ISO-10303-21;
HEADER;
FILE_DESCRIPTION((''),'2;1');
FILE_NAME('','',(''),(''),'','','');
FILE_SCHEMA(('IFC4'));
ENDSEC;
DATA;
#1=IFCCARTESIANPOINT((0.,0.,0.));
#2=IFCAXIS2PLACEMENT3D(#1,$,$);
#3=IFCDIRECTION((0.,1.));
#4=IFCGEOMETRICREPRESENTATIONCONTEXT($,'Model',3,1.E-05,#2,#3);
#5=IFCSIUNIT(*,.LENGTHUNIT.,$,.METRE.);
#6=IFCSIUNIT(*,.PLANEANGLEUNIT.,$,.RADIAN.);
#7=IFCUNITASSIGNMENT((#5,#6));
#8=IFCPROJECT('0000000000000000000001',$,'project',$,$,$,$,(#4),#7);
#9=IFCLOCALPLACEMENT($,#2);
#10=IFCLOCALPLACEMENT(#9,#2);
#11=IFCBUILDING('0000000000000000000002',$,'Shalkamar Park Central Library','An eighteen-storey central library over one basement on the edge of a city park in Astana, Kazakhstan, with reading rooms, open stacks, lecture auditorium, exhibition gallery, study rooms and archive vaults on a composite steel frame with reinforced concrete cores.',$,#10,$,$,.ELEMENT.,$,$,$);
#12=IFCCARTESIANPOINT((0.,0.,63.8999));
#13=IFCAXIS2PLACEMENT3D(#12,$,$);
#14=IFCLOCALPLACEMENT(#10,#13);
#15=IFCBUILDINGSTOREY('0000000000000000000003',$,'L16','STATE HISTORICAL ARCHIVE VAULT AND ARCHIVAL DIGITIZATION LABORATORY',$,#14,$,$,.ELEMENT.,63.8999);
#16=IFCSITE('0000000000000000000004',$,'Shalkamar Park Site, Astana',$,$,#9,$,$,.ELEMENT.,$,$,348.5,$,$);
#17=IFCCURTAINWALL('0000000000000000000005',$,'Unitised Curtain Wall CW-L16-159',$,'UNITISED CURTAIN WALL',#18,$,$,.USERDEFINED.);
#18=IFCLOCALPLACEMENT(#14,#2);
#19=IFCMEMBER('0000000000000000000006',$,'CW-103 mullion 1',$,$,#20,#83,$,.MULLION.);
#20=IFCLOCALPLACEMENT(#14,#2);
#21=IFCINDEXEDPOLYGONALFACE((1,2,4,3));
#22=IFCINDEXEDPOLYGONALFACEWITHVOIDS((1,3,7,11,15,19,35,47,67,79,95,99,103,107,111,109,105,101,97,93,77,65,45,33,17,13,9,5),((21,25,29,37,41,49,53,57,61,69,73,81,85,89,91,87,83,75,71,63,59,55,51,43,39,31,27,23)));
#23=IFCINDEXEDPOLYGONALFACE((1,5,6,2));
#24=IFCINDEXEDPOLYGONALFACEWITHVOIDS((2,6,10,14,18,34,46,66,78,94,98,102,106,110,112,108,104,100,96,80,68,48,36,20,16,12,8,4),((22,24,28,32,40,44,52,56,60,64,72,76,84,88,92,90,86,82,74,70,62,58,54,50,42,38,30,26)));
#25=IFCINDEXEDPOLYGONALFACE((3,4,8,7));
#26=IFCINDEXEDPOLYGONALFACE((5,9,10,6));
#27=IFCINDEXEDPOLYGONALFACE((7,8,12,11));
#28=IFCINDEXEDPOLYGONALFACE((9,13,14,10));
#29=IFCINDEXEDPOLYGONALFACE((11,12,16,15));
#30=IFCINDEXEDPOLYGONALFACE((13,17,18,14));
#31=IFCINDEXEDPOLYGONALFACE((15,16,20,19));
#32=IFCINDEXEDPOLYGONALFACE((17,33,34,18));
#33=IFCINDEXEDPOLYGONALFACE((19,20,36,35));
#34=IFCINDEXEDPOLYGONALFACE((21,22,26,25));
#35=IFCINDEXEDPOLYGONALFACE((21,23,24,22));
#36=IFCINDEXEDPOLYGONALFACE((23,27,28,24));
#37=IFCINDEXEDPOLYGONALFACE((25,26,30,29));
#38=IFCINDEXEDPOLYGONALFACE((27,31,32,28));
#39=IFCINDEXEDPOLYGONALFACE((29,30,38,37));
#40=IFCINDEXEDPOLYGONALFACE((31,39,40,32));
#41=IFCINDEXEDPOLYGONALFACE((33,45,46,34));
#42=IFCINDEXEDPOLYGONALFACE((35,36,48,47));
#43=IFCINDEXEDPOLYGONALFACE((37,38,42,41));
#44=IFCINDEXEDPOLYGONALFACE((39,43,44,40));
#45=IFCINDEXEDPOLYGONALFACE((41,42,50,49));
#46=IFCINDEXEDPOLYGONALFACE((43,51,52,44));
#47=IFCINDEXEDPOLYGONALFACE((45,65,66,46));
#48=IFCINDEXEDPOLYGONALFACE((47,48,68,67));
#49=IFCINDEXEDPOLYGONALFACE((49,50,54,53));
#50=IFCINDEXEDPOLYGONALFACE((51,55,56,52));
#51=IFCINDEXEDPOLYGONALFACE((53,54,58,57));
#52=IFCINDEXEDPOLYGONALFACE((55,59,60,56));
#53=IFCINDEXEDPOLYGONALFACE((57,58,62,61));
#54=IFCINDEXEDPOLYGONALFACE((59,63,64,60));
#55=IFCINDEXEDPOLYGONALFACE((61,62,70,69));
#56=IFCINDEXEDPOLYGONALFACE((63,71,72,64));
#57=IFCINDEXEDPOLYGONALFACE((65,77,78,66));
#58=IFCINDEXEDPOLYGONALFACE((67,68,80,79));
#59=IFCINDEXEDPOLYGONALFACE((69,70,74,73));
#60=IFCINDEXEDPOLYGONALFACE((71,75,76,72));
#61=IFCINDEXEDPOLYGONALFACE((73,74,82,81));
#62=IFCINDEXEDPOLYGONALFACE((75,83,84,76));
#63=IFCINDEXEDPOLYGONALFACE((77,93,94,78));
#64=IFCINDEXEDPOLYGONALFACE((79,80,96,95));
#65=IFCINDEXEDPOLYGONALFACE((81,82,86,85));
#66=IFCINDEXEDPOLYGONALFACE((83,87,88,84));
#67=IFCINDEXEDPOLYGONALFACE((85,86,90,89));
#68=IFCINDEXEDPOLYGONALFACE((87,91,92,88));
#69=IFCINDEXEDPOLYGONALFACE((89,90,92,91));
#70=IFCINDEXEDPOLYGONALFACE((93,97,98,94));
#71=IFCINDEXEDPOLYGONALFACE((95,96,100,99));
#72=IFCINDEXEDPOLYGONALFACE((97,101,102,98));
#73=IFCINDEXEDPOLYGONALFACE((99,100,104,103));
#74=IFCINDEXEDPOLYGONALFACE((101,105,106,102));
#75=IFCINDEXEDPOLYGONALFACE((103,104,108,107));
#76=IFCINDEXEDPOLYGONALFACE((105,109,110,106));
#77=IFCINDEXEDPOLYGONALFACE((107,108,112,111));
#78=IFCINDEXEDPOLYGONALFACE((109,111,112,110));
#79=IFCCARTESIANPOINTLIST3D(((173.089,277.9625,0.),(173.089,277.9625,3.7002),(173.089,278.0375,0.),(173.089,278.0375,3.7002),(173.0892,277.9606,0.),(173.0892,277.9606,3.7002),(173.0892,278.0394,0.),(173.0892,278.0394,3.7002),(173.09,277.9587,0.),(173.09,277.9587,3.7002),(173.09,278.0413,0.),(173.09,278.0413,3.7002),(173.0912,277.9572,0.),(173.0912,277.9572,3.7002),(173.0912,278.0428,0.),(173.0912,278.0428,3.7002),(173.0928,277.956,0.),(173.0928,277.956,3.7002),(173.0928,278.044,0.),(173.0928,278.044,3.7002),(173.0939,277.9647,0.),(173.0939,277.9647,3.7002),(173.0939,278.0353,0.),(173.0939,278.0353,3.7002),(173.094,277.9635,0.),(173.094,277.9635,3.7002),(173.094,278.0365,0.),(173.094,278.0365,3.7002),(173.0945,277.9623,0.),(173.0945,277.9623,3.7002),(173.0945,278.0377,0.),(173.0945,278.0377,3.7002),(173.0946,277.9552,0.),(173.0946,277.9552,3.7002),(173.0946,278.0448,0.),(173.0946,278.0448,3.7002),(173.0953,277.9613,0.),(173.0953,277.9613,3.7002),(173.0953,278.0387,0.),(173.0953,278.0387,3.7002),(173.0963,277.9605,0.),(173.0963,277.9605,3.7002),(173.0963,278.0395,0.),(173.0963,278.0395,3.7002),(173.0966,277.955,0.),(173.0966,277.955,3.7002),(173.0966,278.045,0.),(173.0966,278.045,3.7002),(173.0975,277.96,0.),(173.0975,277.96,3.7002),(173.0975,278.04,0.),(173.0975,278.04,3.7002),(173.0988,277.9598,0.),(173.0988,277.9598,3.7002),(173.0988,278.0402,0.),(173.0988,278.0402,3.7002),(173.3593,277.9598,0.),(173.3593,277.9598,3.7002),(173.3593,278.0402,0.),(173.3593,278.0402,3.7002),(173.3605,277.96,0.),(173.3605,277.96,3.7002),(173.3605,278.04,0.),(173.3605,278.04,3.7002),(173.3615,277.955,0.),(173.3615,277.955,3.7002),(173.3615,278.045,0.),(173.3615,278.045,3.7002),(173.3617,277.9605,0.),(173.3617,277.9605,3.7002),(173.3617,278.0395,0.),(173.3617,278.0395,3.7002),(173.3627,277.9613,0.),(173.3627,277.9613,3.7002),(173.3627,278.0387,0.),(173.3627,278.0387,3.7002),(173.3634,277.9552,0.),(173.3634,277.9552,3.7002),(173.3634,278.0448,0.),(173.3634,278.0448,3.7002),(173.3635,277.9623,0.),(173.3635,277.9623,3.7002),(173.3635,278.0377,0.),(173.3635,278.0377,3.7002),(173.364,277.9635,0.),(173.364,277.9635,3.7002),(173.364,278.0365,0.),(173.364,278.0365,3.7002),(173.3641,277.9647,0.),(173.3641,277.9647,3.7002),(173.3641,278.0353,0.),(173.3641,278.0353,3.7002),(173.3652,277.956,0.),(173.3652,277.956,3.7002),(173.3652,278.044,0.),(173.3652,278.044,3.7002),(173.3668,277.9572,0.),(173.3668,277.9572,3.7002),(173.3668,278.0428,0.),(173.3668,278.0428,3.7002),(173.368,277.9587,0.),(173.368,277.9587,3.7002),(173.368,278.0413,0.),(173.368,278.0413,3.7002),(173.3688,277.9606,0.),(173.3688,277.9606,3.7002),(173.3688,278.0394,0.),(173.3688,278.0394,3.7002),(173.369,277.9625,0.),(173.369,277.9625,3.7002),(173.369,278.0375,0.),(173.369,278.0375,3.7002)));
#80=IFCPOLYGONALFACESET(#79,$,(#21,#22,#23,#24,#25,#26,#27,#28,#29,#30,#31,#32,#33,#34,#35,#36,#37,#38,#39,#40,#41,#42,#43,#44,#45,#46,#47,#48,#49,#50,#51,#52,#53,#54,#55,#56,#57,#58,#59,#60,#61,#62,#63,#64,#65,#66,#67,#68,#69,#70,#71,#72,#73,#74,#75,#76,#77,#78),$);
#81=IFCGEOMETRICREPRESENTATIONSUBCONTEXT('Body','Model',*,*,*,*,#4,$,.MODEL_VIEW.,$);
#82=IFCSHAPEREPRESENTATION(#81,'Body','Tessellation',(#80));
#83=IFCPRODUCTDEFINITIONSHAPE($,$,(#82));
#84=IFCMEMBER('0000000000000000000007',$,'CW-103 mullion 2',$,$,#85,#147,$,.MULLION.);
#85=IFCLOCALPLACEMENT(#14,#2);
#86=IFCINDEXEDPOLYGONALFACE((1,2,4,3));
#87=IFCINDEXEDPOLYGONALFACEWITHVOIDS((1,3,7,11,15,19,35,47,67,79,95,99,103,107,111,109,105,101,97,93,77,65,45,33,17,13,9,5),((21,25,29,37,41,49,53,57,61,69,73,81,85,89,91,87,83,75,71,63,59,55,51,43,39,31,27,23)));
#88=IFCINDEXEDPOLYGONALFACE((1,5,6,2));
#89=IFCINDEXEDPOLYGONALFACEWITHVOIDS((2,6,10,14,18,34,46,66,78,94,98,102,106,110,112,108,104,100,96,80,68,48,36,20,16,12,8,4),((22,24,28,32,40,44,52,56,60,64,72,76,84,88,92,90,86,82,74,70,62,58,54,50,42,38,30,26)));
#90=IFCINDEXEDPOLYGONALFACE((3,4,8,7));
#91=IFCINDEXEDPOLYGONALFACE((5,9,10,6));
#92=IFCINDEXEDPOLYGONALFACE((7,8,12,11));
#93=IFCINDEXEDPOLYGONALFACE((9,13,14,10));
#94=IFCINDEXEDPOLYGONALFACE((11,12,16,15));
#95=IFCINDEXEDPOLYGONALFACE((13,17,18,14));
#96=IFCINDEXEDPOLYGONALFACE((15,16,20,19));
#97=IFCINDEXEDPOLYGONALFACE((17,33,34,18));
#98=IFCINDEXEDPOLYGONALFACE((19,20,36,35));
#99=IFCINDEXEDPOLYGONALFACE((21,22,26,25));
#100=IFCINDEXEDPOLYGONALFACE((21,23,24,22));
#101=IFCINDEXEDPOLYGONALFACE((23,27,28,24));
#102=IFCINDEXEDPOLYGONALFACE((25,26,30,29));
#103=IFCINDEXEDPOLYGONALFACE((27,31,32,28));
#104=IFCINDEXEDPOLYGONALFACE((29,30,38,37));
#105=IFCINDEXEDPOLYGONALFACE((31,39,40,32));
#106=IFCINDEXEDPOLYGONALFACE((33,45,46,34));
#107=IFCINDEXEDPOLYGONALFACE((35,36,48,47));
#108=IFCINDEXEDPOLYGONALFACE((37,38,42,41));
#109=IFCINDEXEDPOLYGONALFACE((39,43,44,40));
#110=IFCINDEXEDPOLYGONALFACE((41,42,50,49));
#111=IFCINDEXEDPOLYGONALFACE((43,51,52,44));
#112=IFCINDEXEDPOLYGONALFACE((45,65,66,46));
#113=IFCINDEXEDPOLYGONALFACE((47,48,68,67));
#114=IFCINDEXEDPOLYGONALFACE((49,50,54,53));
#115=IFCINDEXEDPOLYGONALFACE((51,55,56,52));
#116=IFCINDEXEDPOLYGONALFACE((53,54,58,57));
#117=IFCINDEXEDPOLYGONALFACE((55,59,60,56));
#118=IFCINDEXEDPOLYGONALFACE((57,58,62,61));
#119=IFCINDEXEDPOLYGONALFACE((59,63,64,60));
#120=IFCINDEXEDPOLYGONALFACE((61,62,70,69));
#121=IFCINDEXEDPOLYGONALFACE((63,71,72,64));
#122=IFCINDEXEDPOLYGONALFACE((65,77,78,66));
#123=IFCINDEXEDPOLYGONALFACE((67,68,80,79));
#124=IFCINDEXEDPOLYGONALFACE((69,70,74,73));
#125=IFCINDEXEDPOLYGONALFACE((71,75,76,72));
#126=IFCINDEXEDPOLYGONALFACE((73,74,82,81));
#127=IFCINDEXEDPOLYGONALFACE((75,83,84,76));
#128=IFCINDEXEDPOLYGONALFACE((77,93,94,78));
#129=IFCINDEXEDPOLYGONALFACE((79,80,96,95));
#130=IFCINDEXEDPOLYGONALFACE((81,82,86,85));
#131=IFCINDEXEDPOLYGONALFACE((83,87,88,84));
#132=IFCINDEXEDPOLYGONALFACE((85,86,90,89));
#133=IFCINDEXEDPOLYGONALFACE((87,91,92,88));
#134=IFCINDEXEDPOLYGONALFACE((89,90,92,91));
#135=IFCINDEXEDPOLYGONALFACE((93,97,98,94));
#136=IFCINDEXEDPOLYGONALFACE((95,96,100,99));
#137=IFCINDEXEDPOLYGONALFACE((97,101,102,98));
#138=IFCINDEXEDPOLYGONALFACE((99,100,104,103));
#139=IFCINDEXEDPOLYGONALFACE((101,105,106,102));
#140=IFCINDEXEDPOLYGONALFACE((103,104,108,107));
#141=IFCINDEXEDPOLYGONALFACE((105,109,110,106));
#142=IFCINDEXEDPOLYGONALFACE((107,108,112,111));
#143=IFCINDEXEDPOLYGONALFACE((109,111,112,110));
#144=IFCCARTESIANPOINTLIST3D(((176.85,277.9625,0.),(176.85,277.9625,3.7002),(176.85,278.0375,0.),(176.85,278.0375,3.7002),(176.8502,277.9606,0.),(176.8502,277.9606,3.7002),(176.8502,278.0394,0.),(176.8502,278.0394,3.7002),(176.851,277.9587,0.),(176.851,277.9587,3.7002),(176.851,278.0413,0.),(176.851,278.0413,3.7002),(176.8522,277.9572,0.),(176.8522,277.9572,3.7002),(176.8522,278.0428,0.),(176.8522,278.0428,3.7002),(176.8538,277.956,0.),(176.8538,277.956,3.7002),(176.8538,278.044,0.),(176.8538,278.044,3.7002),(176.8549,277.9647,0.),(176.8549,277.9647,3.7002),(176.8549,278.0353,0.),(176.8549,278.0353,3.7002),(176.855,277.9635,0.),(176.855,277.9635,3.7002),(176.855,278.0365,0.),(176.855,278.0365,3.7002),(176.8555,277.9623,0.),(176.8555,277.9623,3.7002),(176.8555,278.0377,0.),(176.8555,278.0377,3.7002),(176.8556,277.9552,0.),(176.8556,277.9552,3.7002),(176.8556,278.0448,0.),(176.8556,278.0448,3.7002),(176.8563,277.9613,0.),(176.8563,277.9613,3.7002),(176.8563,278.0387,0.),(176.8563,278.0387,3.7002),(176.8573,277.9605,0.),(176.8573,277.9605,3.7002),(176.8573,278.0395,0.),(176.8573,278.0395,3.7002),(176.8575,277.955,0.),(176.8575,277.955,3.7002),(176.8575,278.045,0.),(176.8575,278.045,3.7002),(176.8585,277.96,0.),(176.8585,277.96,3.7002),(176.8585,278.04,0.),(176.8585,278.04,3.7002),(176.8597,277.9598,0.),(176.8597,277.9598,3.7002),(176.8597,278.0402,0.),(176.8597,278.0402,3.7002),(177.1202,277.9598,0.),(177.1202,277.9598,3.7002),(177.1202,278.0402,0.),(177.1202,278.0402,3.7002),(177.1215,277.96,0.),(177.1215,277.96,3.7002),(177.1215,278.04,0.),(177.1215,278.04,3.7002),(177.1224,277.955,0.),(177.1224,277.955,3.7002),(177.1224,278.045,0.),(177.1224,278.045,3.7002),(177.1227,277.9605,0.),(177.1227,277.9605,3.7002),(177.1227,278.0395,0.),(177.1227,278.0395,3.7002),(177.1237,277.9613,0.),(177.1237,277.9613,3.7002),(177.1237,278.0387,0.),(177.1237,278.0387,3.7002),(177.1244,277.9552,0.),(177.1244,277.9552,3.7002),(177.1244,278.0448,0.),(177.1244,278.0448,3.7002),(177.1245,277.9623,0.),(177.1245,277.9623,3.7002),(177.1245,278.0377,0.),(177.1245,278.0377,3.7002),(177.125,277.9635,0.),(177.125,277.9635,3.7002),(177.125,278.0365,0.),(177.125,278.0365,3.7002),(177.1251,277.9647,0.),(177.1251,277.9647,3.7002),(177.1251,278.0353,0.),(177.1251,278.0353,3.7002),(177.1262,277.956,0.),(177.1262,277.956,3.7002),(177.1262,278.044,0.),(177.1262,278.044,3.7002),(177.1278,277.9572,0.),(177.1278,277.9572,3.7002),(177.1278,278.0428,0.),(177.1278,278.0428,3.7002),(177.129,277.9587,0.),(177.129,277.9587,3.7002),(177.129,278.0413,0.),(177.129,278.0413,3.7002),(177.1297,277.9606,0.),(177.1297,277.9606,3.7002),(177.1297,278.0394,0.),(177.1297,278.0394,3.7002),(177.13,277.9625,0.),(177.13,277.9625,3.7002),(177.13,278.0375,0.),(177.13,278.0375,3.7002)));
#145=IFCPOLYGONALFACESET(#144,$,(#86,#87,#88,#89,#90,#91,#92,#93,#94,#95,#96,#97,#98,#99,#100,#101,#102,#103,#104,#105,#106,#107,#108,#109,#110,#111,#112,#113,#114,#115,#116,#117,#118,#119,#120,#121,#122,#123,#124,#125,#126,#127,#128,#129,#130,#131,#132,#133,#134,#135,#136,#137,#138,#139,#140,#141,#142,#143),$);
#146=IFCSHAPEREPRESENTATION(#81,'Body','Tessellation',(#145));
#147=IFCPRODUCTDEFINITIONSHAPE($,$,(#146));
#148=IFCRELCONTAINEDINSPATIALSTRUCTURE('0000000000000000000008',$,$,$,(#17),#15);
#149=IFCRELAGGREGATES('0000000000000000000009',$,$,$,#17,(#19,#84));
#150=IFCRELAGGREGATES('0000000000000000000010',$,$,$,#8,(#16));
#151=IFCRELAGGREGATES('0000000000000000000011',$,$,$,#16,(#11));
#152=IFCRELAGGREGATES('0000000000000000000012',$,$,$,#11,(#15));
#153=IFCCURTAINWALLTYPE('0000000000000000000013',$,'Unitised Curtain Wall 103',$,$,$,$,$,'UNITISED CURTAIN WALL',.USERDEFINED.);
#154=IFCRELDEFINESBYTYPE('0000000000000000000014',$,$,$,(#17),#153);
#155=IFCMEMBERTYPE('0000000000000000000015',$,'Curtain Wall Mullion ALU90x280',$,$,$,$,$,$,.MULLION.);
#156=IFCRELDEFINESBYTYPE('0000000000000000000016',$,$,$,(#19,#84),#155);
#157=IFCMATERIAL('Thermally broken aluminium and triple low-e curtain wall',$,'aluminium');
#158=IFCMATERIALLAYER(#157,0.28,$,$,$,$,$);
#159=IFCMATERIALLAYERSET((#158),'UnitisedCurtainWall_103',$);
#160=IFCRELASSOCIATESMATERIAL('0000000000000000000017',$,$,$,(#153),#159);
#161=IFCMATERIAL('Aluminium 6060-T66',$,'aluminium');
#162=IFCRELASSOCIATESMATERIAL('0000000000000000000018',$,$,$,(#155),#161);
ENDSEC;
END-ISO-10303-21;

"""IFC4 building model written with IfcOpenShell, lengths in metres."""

from ifc_helpers import new_model, si_unit, direction, frame, origin, origin_2d, place, context, subcontext, project, spatial, hollow_rectangle, extrude, material, layer, layer_set, material_profile, profile_set, type_object, element, aggregate, save


model = new_model("IFC4")

# Units and contexts
model_context = context("Model", 3, precision=1e-05, world=origin(), true_north=direction((0.0, 1.0)))
body_context = subcontext(model_context, "Body", "Model", "MODEL_VIEW")
ifc_project = project(units=[si_unit("LENGTHUNIT", "METRE"), si_unit("PLANEANGLEUNIT", "RADIAN")], contexts=[model_context])

# Site, building, storey
site_placement = place(None, origin())
site = spatial("IfcSite", under=ifc_project, at=site_placement, Name="Shalkamar Park Site, Astana", CompositionType="ELEMENT", RefElevation=348.5)
building_placement = place(site_placement, origin())
building = spatial("IfcBuilding", under=site, at=building_placement, Name="Shalkamar Park Central Library", Description="An eighteen-storey central library over one basement on the edge of a city park in Astana, Kazakhstan, with reading rooms, open stacks, lecture auditorium, exhibition gallery, study rooms and archive vaults on a composite steel frame with reinforced concrete cores.", CompositionType="ELEMENT")
storey_placement = place(building_placement, frame((0.0, 0.0, 63.8999)))
storey = spatial("IfcBuildingStorey", under=building, at=storey_placement, Name="L16", Description="STATE HISTORICAL ARCHIVE VAULT AND ARCHIVAL DIGITIZATION LABORATORY", CompositionType="ELEMENT", Elevation=63.8999)

# Curtain wall, members
ifc_material_1 = material(Name="Thermally broken aluminium and triple low-e curtain wall", Category="aluminium")
ifc_material_2 = material(Name="Aluminium 6060-T66", Category="aluminium")
ifc_layer_1 = layer(ifc_material_1, 0.28)
ifc_layer_set_1 = layer_set([ifc_layer_1], Name="UnitisedCurtainWall_103")
curtain_wall_type_1 = type_object("IfcCurtainWallType", Name="Unitised Curtain Wall 103", ElementType="UNITISED CURTAIN WALL", PredefinedType="USERDEFINED", material=ifc_layer_set_1)
curtain_wall_1_placement = place(storey_placement, origin())
curtain_wall_1 = element("IfcCurtainWall", 1, at=curtain_wall_1_placement, inside=storey, type_object=curtain_wall_type_1, Name="Unitised Curtain Wall CW-L16-159", ObjectType="UNITISED CURTAIN WALL", PredefinedType="USERDEFINED")
ifc_material_profile_1 = material_profile(ifc_material_2, hollow_rectangle(XDim=0.0901, YDim=0.28, WallThickness=0.0049, InnerFilletRadius=0.0049, OuterFilletRadius=0.0076, at=origin_2d()), Name="ALU 90x280x5")
ifc_profile_set_1 = profile_set([ifc_material_profile_1], Name="Aluminium 6060-T66")
member_type_1 = type_object("IfcMemberType", Name="Curtain Wall Mullion ALU90x280", PredefinedType="MULLION", material=ifc_profile_set_1)
member_1_placement = place(storey_placement, frame((173.229, 278.0, 0.0), z_axis=(0.0, 0.0, 1.0), x_axis=(0.0, 1.0, 0.0)))
member_1 = element("IfcMember", 2, at=member_1_placement, type_object=member_type_1, Name="CW-103 mullion 1", PredefinedType="MULLION", context=body_context, shape_type="SweptSolid", body=[
    extrude(hollow_rectangle(XDim=0.0901, YDim=0.28, WallThickness=0.0049, InnerFilletRadius=0.0049, OuterFilletRadius=0.0076, at=origin_2d()), origin(), (0.0, 0.0, 1.0), 3.7002),
])
member_2_placement = place(storey_placement, frame((176.99, 278.0, 0.0), z_axis=(0.0, 0.0, 1.0), x_axis=(0.0, 1.0, 0.0)))
member_2 = element("IfcMember", 3, at=member_2_placement, type_object=member_type_1, Name="CW-103 mullion 2", PredefinedType="MULLION", context=body_context, shape_type="SweptSolid", body=[
    extrude(hollow_rectangle(XDim=0.0901, YDim=0.28, WallThickness=0.0049, InnerFilletRadius=0.0049, OuterFilletRadius=0.0076, at=origin_2d()), origin(), (0.0, 0.0, 1.0), 3.7002),
])

aggregate(curtain_wall_1, [member_1, member_2])

save(model, "model.ifc")
